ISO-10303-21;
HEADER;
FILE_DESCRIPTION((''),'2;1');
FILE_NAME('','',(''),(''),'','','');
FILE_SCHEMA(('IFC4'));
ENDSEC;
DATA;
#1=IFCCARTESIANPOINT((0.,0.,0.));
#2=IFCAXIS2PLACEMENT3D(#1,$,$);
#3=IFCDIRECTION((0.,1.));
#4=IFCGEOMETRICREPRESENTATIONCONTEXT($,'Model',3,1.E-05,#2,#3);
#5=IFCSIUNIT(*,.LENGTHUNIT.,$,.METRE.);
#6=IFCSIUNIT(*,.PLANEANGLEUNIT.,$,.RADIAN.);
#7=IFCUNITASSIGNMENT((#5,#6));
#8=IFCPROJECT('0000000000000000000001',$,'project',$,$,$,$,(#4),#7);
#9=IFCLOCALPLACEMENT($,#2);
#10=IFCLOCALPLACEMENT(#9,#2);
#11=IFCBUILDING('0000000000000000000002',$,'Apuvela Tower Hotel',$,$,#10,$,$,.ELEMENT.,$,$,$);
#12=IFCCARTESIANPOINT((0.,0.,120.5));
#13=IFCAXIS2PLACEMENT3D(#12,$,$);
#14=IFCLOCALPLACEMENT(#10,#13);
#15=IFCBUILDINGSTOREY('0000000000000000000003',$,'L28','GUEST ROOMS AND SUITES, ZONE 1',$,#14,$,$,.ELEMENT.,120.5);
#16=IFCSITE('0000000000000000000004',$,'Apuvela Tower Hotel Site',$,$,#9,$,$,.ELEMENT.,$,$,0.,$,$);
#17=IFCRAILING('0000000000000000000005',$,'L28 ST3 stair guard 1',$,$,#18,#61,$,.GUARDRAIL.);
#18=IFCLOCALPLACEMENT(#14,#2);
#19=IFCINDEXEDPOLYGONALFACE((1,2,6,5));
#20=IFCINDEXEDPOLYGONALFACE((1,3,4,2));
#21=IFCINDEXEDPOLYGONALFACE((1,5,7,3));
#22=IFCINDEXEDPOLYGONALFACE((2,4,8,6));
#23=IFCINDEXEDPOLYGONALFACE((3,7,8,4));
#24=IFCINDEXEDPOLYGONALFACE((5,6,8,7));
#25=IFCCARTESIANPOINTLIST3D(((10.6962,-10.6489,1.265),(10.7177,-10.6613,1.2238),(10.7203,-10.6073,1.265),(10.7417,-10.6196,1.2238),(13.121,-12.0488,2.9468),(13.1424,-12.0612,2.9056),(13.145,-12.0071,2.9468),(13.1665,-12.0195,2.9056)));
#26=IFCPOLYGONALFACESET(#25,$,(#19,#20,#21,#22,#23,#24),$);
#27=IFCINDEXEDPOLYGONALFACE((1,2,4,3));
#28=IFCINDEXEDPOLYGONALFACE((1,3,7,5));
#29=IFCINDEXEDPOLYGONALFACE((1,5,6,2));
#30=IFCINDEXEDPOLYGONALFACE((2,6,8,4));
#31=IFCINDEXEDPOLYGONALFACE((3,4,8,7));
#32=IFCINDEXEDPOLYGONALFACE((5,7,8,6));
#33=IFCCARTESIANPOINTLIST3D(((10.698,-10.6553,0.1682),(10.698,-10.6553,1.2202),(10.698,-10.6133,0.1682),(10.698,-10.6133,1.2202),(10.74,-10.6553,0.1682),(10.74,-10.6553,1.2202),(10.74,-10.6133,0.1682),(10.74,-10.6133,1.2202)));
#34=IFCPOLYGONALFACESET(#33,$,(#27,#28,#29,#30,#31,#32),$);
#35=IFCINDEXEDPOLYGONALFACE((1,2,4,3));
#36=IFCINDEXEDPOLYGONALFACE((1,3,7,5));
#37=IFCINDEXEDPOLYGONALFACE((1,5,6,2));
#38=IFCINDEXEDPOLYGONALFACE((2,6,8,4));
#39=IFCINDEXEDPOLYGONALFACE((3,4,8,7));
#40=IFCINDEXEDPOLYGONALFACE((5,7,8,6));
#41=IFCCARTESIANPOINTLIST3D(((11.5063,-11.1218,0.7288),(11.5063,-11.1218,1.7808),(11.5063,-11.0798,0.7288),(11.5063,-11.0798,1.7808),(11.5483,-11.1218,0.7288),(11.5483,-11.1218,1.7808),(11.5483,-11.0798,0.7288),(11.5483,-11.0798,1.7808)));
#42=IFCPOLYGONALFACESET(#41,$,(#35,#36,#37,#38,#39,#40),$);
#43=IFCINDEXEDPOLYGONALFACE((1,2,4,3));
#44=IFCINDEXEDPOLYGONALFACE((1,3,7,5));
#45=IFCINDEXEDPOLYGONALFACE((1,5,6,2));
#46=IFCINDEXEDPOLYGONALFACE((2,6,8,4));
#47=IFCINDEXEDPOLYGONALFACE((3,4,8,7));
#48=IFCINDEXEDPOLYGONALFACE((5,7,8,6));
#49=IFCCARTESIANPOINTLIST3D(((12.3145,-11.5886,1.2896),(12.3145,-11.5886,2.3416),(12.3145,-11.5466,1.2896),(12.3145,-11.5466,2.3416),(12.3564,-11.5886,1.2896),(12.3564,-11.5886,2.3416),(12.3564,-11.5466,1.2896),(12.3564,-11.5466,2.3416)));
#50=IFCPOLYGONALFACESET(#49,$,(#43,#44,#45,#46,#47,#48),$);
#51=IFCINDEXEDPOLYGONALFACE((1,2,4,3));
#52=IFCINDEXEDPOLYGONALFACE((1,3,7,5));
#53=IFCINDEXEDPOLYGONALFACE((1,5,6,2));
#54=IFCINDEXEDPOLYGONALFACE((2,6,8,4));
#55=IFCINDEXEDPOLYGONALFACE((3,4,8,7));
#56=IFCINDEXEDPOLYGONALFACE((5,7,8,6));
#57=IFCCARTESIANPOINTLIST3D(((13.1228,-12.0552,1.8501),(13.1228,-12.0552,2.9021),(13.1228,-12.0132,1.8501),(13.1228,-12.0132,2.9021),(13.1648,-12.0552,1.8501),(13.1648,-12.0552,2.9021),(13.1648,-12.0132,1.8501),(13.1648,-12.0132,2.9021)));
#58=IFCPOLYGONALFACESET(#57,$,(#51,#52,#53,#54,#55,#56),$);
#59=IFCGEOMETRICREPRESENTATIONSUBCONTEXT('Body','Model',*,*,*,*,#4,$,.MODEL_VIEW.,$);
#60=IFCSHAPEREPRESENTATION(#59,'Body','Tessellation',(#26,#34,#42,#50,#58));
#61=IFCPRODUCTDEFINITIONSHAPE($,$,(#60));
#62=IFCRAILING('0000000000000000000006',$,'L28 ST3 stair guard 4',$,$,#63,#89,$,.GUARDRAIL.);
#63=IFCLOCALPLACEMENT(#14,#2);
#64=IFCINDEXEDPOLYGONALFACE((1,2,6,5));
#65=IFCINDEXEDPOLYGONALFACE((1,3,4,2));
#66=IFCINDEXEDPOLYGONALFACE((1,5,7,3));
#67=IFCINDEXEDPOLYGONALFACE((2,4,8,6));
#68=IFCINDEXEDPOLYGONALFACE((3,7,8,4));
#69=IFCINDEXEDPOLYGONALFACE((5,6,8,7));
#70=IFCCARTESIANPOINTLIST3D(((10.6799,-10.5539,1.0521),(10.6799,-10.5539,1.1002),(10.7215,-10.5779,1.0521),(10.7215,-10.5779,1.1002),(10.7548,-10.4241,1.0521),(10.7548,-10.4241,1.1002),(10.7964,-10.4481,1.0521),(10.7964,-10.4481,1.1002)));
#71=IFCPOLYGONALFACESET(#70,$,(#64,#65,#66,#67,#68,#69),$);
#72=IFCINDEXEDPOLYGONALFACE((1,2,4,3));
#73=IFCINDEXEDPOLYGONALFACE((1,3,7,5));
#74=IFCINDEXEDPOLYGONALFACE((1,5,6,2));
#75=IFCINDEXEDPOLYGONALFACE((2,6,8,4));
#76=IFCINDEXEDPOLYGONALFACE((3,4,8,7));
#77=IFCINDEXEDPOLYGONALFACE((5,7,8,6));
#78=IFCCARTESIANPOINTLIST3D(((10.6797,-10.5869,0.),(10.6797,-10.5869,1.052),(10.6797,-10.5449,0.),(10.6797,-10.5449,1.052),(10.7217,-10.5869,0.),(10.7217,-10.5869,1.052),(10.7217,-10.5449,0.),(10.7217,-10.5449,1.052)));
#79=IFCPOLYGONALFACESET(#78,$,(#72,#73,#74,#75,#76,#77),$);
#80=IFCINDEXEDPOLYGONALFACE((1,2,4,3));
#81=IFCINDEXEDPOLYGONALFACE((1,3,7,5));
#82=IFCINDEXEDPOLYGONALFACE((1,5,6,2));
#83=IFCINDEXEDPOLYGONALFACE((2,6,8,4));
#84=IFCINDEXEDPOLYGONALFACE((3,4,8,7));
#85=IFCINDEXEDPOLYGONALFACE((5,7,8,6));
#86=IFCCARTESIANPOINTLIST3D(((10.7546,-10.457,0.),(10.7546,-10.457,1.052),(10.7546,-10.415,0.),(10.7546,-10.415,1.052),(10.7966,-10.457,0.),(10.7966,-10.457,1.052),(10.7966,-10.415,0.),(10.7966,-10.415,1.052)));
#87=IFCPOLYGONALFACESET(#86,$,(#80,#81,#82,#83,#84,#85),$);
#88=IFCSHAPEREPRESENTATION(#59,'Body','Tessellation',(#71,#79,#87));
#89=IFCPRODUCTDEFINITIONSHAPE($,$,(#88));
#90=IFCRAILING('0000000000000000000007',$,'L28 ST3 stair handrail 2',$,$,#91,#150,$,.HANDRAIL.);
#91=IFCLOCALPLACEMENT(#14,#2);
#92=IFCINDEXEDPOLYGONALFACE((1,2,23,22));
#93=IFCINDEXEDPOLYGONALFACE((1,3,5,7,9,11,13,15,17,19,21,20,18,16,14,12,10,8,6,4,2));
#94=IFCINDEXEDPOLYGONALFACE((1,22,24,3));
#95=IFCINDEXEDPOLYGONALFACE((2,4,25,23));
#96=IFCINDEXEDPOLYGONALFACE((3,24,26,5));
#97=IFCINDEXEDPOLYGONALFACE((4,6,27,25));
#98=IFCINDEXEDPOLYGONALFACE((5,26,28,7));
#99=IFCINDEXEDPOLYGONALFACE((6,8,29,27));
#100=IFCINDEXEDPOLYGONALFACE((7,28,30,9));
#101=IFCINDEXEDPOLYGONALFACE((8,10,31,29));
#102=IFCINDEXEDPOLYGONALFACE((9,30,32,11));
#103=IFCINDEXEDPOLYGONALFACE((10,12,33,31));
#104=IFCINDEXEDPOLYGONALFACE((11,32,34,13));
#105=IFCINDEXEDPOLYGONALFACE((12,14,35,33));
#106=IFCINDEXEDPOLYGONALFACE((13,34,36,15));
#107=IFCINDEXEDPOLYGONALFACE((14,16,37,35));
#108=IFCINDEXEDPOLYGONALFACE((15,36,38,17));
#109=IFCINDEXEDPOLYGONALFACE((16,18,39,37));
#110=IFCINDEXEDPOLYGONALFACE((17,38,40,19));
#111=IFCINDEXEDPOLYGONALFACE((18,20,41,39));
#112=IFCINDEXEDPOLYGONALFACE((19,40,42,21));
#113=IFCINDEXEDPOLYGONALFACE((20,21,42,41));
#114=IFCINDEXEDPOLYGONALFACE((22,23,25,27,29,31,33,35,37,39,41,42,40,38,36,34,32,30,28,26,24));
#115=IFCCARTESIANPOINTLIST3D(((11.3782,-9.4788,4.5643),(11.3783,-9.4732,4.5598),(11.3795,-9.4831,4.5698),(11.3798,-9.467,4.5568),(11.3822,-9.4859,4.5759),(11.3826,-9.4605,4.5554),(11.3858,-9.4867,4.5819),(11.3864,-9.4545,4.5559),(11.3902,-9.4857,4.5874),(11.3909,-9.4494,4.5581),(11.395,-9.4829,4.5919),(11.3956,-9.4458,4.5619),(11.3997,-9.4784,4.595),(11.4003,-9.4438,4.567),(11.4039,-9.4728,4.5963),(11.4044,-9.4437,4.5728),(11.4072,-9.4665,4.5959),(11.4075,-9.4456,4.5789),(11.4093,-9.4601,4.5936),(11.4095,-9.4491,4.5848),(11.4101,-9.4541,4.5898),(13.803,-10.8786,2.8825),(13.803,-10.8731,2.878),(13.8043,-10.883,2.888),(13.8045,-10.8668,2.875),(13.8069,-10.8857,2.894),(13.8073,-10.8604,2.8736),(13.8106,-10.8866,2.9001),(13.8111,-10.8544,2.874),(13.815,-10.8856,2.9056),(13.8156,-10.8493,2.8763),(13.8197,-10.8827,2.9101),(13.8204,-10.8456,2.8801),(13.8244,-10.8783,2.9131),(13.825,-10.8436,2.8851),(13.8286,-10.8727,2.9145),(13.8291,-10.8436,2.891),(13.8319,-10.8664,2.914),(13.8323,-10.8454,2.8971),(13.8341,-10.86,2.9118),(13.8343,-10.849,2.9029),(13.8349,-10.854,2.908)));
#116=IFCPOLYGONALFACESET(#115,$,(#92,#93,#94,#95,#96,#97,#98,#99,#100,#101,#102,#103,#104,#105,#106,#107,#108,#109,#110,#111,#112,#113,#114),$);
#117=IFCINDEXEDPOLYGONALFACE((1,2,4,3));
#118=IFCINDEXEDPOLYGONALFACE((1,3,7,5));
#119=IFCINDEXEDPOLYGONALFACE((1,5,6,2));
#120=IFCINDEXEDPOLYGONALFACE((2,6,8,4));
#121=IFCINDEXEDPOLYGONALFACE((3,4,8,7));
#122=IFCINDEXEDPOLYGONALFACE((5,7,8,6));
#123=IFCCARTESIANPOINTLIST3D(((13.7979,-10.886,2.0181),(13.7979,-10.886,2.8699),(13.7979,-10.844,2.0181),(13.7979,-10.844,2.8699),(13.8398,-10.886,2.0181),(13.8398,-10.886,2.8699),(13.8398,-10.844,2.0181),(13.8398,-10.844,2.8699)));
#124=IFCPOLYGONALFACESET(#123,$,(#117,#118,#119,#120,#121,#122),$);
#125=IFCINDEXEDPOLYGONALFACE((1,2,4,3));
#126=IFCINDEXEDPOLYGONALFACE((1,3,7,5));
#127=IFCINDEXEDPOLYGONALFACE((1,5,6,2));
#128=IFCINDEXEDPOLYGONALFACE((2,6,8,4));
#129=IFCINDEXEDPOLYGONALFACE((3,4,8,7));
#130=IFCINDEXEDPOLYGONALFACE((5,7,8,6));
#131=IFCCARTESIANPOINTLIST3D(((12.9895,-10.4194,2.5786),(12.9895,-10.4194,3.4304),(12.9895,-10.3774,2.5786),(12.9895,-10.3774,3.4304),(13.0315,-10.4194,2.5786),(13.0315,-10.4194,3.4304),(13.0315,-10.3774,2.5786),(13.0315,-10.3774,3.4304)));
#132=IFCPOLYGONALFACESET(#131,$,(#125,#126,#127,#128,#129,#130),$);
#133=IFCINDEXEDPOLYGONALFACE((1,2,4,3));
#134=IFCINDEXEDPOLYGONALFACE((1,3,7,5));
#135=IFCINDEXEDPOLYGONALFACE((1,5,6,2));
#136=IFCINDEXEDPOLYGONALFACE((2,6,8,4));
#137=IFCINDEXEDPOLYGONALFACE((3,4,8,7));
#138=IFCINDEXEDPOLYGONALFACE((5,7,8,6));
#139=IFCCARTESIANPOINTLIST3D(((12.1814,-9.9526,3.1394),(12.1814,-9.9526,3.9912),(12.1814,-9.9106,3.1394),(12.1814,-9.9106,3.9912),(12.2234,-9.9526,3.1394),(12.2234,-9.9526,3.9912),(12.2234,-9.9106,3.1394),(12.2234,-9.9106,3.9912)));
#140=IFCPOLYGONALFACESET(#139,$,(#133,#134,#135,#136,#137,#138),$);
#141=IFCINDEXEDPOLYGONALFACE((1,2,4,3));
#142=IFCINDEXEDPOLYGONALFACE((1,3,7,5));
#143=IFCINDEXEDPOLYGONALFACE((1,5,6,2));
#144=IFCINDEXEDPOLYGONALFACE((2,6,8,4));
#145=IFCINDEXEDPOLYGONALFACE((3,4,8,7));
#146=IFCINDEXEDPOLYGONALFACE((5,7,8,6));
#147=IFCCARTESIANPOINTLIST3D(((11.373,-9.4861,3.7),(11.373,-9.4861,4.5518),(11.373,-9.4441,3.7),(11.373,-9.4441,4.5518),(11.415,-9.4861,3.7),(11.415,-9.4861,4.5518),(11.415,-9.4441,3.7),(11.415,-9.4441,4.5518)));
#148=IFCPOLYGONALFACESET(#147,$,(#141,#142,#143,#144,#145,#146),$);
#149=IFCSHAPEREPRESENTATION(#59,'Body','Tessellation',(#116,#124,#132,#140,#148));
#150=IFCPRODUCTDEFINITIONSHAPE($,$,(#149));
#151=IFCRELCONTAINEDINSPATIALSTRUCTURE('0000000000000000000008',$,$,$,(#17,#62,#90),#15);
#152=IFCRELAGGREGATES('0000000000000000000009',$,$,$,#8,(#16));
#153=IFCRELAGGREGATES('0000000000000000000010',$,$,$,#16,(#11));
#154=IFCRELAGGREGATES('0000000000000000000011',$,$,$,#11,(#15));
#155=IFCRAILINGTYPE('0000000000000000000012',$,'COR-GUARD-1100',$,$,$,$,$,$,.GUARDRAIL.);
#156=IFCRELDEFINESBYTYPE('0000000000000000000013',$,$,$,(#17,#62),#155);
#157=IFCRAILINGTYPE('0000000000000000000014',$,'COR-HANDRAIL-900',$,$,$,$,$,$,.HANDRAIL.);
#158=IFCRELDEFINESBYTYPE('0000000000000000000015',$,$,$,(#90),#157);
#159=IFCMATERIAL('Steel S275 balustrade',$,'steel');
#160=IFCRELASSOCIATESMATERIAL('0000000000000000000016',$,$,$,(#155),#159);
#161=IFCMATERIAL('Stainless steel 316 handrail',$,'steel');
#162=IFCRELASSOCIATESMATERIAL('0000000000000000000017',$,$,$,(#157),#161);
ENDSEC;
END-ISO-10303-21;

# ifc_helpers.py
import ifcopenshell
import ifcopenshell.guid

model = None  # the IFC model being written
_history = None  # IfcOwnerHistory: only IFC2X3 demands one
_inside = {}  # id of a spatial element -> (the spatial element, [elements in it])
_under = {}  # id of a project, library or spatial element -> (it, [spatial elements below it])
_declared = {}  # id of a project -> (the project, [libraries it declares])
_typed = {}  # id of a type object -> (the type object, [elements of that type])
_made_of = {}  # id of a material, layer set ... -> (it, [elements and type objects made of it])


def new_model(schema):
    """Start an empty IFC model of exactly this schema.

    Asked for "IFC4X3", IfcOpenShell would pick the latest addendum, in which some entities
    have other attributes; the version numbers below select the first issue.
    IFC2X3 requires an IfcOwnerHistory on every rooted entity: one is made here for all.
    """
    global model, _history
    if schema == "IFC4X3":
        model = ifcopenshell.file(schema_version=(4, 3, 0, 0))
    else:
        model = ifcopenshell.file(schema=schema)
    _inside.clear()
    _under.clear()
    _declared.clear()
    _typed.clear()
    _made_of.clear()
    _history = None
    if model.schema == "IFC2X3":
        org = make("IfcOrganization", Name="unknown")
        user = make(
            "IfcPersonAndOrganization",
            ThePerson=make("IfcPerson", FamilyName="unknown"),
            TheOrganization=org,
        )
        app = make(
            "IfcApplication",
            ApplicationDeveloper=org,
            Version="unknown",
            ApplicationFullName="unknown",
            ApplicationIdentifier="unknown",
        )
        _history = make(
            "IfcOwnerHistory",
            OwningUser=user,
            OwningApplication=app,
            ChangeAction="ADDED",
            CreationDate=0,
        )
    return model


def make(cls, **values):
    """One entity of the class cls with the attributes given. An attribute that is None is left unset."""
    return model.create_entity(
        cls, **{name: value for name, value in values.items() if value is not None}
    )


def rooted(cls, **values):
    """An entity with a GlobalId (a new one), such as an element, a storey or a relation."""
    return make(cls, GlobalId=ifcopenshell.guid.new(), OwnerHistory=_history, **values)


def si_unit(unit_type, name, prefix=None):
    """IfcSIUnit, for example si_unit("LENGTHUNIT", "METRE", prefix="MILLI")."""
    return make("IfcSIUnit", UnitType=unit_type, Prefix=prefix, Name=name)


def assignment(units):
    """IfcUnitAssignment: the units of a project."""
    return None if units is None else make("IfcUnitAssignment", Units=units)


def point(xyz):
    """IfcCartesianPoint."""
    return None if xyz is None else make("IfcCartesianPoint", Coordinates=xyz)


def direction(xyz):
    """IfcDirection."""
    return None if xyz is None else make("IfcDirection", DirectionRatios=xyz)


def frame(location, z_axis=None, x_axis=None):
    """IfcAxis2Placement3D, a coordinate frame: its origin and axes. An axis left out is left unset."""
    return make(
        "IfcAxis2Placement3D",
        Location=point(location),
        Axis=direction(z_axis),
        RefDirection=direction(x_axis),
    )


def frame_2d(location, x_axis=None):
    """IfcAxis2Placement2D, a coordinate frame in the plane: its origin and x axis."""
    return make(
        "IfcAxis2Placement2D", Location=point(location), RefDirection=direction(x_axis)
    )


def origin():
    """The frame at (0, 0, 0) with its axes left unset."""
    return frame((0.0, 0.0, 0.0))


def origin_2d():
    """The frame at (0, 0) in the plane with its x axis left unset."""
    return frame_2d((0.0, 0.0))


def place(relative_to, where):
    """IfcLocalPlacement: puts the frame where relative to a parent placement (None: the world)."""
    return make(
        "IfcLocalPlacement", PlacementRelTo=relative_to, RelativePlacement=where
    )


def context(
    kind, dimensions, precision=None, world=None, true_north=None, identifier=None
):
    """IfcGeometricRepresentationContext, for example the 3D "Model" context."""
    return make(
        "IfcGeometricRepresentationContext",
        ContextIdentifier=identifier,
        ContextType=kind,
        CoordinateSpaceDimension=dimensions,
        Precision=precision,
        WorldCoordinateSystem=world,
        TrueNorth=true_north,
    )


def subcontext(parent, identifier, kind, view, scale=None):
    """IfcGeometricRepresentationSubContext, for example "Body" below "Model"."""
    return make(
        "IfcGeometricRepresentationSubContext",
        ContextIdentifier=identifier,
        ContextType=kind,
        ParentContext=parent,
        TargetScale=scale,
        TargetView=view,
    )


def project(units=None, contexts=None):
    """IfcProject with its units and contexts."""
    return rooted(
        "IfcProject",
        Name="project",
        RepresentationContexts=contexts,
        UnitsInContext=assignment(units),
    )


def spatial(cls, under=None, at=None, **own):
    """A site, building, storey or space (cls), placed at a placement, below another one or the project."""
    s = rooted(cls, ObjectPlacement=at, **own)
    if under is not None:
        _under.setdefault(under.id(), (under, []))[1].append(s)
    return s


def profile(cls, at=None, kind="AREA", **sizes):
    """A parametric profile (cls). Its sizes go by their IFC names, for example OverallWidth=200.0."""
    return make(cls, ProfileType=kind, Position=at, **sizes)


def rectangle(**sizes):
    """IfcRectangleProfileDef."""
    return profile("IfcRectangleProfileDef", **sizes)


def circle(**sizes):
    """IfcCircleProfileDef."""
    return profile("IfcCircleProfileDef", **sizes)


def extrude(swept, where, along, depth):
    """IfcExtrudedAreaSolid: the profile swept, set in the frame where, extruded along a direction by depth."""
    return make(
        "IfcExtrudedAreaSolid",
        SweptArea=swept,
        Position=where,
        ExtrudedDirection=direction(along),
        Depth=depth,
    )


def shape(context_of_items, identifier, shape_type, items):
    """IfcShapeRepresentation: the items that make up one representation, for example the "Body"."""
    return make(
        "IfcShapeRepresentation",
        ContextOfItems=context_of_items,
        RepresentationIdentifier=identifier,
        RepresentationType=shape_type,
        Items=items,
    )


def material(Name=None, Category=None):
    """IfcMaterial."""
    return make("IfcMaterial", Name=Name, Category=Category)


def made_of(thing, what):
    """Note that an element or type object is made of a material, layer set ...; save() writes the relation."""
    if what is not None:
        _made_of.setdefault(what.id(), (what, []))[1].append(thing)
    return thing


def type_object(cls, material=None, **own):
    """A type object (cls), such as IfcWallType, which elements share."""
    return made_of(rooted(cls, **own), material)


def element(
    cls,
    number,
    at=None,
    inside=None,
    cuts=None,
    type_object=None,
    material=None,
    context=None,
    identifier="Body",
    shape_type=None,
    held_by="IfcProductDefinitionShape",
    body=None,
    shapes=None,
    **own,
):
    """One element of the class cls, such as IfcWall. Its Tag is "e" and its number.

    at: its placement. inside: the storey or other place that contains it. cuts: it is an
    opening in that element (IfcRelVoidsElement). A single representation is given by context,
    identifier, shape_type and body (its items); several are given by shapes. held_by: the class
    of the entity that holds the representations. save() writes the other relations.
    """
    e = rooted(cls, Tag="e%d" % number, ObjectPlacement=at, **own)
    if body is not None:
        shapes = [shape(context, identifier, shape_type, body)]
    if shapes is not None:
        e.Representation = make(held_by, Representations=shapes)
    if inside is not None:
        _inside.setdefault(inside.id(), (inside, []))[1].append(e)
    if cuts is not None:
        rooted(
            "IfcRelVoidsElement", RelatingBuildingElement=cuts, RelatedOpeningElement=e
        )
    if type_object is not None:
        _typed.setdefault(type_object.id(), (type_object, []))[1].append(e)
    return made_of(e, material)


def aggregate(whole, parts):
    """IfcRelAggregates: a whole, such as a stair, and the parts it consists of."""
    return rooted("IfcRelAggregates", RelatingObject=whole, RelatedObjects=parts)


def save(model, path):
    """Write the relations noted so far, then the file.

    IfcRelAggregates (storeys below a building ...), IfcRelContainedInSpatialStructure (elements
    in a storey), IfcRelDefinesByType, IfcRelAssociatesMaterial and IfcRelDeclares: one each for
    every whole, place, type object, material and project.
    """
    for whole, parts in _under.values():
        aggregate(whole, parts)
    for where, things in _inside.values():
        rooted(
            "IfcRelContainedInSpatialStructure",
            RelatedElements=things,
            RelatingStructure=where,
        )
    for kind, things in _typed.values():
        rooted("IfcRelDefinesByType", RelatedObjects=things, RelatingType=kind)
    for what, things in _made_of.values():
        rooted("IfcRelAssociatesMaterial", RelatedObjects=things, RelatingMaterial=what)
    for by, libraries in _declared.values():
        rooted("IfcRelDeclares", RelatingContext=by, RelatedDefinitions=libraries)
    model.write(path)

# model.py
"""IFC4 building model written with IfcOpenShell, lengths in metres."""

from ifc_helpers import new_model, si_unit, direction, frame, origin, origin_2d, place, context, subcontext, project, spatial, rectangle, circle, extrude, material, type_object, element, save


model = new_model("IFC4")

# Units and contexts
model_context = context("Model", 3, precision=1e-05, world=origin(), true_north=direction((0.0, 1.0)))
body_context = subcontext(model_context, "Body", "Model", "MODEL_VIEW")
ifc_project = project(units=[si_unit("LENGTHUNIT", "METRE"), si_unit("PLANEANGLEUNIT", "RADIAN")], contexts=[model_context])

# Site, building, storey
site_placement = place(None, origin())
site = spatial("IfcSite", under=ifc_project, at=site_placement, Name="Apuvela Tower Hotel Site", CompositionType="ELEMENT", RefElevation=0.0)
building_placement = place(site_placement, origin())
building = spatial("IfcBuilding", under=site, at=building_placement, Name="Apuvela Tower Hotel", CompositionType="ELEMENT")
storey_placement = place(building_placement, frame((0.0, 0.0, 120.5)))
storey = spatial("IfcBuildingStorey", under=building, at=storey_placement, Name="L28", Description="GUEST ROOMS AND SUITES, ZONE 1", CompositionType="ELEMENT", Elevation=120.5)

# Railings
ifc_material_1 = material(Name="Steel S275 balustrade", Category="steel")
railing_type_1 = type_object("IfcRailingType", Name="COR-GUARD-1100", PredefinedType="GUARDRAIL", material=ifc_material_1)
railing_1_placement = place(storey_placement, frame((10.719, -10.6343, 0.1682)))
element("IfcRailing", 1, at=railing_1_placement, inside=storey, type_object=railing_type_1, Name="L28 ST3 stair guard 1", PredefinedType="GUARDRAIL", context=body_context, shape_type="SweptSolid", body=[
    extrude(rectangle(XDim=0.0481, YDim=0.0481, at=origin_2d()), frame((0.0, 0.0, 1.0762), z_axis=(0.74239, -0.428601, 0.514934), x_axis=(0.499984, 0.866035, 0.0)), (0.0, 0.0, 1.0), 3.2661),
    extrude(rectangle(XDim=0.042, YDim=0.042, at=origin_2d()), origin(), (0.0, 0.0, 1.0), 1.052),
    extrude(rectangle(XDim=0.042, YDim=0.042, at=origin_2d()), frame((0.8083, -0.4666, 0.5605)), (0.0, 0.0, 1.0), 1.052),
    extrude(rectangle(XDim=0.042, YDim=0.042, at=origin_2d()), frame((1.6165, -0.9333, 1.1213)), (0.0, 0.0, 1.0), 1.052),
    extrude(rectangle(XDim=0.042, YDim=0.042, at=origin_2d()), frame((2.4248, -1.3999, 1.6819)), (0.0, 0.0, 1.0), 1.052),
])
railing_2_placement = place(storey_placement, frame((10.7007, -10.5659, 0.0)))
element("IfcRailing", 2, at=railing_2_placement, inside=storey, type_object=railing_type_1, Name="L28 ST3 stair guard 4", PredefinedType="GUARDRAIL", context=body_context, shape_type="SweptSolid", body=[
    extrude(rectangle(XDim=0.0481, YDim=0.0481, at=origin_2d()), frame((0.0, 0.0, 1.0762), z_axis=(0.499816, 0.866131, 0.0), x_axis=(-0.866131, 0.499816, 0.0)), (0.0, 0.0, 1.0), 0.1499),
    extrude(rectangle(XDim=0.042, YDim=0.042, at=origin_2d()), origin(), (0.0, 0.0, 1.0), 1.052),
    extrude(rectangle(XDim=0.042, YDim=0.042, at=origin_2d()), frame((0.075, 0.1299, 0.0)), (0.0, 0.0, 1.0), 1.052),
])
ifc_material_2 = material(Name="Stainless steel 316 handrail", Category="steel")
railing_type_2 = type_object("IfcRailingType", Name="COR-HANDRAIL-900", PredefinedType="HANDRAIL", material=ifc_material_2)
railing_3_placement = place(storey_placement, frame((13.8188, -10.865, 2.0181)))
element("IfcRailing", 3, at=railing_3_placement, inside=storey, type_object=railing_type_2, Name="L28 ST3 stair handrail 2", PredefinedType="HANDRAIL", context=body_context, shape_type="SweptSolid", body=[
    extrude(circle(Radius=0.0239, at=origin_2d()), frame((0.0, 0.0, 0.876), z_axis=(-0.74239, 0.428601, 0.514934), x_axis=(-0.499984, -0.866035, 0.0)), (0.0, 0.0, 1.0), 3.2661),
    extrude(rectangle(XDim=0.042, YDim=0.042, at=origin_2d()), origin(), (0.0, 0.0, 1.0), 0.8518),
    extrude(rectangle(XDim=0.042, YDim=0.042, at=origin_2d()), frame((-0.8083, 0.4666, 0.5605)), (0.0, 0.0, 1.0), 0.8518),
    extrude(rectangle(XDim=0.042, YDim=0.042, at=origin_2d()), frame((-1.6165, 0.9333, 1.1213)), (0.0, 0.0, 1.0), 0.8518),
    extrude(rectangle(XDim=0.042, YDim=0.042, at=origin_2d()), frame((-2.4248, 1.3999, 1.6819)), (0.0, 0.0, 1.0), 0.8518),
])

save(model, "model.ifc")
